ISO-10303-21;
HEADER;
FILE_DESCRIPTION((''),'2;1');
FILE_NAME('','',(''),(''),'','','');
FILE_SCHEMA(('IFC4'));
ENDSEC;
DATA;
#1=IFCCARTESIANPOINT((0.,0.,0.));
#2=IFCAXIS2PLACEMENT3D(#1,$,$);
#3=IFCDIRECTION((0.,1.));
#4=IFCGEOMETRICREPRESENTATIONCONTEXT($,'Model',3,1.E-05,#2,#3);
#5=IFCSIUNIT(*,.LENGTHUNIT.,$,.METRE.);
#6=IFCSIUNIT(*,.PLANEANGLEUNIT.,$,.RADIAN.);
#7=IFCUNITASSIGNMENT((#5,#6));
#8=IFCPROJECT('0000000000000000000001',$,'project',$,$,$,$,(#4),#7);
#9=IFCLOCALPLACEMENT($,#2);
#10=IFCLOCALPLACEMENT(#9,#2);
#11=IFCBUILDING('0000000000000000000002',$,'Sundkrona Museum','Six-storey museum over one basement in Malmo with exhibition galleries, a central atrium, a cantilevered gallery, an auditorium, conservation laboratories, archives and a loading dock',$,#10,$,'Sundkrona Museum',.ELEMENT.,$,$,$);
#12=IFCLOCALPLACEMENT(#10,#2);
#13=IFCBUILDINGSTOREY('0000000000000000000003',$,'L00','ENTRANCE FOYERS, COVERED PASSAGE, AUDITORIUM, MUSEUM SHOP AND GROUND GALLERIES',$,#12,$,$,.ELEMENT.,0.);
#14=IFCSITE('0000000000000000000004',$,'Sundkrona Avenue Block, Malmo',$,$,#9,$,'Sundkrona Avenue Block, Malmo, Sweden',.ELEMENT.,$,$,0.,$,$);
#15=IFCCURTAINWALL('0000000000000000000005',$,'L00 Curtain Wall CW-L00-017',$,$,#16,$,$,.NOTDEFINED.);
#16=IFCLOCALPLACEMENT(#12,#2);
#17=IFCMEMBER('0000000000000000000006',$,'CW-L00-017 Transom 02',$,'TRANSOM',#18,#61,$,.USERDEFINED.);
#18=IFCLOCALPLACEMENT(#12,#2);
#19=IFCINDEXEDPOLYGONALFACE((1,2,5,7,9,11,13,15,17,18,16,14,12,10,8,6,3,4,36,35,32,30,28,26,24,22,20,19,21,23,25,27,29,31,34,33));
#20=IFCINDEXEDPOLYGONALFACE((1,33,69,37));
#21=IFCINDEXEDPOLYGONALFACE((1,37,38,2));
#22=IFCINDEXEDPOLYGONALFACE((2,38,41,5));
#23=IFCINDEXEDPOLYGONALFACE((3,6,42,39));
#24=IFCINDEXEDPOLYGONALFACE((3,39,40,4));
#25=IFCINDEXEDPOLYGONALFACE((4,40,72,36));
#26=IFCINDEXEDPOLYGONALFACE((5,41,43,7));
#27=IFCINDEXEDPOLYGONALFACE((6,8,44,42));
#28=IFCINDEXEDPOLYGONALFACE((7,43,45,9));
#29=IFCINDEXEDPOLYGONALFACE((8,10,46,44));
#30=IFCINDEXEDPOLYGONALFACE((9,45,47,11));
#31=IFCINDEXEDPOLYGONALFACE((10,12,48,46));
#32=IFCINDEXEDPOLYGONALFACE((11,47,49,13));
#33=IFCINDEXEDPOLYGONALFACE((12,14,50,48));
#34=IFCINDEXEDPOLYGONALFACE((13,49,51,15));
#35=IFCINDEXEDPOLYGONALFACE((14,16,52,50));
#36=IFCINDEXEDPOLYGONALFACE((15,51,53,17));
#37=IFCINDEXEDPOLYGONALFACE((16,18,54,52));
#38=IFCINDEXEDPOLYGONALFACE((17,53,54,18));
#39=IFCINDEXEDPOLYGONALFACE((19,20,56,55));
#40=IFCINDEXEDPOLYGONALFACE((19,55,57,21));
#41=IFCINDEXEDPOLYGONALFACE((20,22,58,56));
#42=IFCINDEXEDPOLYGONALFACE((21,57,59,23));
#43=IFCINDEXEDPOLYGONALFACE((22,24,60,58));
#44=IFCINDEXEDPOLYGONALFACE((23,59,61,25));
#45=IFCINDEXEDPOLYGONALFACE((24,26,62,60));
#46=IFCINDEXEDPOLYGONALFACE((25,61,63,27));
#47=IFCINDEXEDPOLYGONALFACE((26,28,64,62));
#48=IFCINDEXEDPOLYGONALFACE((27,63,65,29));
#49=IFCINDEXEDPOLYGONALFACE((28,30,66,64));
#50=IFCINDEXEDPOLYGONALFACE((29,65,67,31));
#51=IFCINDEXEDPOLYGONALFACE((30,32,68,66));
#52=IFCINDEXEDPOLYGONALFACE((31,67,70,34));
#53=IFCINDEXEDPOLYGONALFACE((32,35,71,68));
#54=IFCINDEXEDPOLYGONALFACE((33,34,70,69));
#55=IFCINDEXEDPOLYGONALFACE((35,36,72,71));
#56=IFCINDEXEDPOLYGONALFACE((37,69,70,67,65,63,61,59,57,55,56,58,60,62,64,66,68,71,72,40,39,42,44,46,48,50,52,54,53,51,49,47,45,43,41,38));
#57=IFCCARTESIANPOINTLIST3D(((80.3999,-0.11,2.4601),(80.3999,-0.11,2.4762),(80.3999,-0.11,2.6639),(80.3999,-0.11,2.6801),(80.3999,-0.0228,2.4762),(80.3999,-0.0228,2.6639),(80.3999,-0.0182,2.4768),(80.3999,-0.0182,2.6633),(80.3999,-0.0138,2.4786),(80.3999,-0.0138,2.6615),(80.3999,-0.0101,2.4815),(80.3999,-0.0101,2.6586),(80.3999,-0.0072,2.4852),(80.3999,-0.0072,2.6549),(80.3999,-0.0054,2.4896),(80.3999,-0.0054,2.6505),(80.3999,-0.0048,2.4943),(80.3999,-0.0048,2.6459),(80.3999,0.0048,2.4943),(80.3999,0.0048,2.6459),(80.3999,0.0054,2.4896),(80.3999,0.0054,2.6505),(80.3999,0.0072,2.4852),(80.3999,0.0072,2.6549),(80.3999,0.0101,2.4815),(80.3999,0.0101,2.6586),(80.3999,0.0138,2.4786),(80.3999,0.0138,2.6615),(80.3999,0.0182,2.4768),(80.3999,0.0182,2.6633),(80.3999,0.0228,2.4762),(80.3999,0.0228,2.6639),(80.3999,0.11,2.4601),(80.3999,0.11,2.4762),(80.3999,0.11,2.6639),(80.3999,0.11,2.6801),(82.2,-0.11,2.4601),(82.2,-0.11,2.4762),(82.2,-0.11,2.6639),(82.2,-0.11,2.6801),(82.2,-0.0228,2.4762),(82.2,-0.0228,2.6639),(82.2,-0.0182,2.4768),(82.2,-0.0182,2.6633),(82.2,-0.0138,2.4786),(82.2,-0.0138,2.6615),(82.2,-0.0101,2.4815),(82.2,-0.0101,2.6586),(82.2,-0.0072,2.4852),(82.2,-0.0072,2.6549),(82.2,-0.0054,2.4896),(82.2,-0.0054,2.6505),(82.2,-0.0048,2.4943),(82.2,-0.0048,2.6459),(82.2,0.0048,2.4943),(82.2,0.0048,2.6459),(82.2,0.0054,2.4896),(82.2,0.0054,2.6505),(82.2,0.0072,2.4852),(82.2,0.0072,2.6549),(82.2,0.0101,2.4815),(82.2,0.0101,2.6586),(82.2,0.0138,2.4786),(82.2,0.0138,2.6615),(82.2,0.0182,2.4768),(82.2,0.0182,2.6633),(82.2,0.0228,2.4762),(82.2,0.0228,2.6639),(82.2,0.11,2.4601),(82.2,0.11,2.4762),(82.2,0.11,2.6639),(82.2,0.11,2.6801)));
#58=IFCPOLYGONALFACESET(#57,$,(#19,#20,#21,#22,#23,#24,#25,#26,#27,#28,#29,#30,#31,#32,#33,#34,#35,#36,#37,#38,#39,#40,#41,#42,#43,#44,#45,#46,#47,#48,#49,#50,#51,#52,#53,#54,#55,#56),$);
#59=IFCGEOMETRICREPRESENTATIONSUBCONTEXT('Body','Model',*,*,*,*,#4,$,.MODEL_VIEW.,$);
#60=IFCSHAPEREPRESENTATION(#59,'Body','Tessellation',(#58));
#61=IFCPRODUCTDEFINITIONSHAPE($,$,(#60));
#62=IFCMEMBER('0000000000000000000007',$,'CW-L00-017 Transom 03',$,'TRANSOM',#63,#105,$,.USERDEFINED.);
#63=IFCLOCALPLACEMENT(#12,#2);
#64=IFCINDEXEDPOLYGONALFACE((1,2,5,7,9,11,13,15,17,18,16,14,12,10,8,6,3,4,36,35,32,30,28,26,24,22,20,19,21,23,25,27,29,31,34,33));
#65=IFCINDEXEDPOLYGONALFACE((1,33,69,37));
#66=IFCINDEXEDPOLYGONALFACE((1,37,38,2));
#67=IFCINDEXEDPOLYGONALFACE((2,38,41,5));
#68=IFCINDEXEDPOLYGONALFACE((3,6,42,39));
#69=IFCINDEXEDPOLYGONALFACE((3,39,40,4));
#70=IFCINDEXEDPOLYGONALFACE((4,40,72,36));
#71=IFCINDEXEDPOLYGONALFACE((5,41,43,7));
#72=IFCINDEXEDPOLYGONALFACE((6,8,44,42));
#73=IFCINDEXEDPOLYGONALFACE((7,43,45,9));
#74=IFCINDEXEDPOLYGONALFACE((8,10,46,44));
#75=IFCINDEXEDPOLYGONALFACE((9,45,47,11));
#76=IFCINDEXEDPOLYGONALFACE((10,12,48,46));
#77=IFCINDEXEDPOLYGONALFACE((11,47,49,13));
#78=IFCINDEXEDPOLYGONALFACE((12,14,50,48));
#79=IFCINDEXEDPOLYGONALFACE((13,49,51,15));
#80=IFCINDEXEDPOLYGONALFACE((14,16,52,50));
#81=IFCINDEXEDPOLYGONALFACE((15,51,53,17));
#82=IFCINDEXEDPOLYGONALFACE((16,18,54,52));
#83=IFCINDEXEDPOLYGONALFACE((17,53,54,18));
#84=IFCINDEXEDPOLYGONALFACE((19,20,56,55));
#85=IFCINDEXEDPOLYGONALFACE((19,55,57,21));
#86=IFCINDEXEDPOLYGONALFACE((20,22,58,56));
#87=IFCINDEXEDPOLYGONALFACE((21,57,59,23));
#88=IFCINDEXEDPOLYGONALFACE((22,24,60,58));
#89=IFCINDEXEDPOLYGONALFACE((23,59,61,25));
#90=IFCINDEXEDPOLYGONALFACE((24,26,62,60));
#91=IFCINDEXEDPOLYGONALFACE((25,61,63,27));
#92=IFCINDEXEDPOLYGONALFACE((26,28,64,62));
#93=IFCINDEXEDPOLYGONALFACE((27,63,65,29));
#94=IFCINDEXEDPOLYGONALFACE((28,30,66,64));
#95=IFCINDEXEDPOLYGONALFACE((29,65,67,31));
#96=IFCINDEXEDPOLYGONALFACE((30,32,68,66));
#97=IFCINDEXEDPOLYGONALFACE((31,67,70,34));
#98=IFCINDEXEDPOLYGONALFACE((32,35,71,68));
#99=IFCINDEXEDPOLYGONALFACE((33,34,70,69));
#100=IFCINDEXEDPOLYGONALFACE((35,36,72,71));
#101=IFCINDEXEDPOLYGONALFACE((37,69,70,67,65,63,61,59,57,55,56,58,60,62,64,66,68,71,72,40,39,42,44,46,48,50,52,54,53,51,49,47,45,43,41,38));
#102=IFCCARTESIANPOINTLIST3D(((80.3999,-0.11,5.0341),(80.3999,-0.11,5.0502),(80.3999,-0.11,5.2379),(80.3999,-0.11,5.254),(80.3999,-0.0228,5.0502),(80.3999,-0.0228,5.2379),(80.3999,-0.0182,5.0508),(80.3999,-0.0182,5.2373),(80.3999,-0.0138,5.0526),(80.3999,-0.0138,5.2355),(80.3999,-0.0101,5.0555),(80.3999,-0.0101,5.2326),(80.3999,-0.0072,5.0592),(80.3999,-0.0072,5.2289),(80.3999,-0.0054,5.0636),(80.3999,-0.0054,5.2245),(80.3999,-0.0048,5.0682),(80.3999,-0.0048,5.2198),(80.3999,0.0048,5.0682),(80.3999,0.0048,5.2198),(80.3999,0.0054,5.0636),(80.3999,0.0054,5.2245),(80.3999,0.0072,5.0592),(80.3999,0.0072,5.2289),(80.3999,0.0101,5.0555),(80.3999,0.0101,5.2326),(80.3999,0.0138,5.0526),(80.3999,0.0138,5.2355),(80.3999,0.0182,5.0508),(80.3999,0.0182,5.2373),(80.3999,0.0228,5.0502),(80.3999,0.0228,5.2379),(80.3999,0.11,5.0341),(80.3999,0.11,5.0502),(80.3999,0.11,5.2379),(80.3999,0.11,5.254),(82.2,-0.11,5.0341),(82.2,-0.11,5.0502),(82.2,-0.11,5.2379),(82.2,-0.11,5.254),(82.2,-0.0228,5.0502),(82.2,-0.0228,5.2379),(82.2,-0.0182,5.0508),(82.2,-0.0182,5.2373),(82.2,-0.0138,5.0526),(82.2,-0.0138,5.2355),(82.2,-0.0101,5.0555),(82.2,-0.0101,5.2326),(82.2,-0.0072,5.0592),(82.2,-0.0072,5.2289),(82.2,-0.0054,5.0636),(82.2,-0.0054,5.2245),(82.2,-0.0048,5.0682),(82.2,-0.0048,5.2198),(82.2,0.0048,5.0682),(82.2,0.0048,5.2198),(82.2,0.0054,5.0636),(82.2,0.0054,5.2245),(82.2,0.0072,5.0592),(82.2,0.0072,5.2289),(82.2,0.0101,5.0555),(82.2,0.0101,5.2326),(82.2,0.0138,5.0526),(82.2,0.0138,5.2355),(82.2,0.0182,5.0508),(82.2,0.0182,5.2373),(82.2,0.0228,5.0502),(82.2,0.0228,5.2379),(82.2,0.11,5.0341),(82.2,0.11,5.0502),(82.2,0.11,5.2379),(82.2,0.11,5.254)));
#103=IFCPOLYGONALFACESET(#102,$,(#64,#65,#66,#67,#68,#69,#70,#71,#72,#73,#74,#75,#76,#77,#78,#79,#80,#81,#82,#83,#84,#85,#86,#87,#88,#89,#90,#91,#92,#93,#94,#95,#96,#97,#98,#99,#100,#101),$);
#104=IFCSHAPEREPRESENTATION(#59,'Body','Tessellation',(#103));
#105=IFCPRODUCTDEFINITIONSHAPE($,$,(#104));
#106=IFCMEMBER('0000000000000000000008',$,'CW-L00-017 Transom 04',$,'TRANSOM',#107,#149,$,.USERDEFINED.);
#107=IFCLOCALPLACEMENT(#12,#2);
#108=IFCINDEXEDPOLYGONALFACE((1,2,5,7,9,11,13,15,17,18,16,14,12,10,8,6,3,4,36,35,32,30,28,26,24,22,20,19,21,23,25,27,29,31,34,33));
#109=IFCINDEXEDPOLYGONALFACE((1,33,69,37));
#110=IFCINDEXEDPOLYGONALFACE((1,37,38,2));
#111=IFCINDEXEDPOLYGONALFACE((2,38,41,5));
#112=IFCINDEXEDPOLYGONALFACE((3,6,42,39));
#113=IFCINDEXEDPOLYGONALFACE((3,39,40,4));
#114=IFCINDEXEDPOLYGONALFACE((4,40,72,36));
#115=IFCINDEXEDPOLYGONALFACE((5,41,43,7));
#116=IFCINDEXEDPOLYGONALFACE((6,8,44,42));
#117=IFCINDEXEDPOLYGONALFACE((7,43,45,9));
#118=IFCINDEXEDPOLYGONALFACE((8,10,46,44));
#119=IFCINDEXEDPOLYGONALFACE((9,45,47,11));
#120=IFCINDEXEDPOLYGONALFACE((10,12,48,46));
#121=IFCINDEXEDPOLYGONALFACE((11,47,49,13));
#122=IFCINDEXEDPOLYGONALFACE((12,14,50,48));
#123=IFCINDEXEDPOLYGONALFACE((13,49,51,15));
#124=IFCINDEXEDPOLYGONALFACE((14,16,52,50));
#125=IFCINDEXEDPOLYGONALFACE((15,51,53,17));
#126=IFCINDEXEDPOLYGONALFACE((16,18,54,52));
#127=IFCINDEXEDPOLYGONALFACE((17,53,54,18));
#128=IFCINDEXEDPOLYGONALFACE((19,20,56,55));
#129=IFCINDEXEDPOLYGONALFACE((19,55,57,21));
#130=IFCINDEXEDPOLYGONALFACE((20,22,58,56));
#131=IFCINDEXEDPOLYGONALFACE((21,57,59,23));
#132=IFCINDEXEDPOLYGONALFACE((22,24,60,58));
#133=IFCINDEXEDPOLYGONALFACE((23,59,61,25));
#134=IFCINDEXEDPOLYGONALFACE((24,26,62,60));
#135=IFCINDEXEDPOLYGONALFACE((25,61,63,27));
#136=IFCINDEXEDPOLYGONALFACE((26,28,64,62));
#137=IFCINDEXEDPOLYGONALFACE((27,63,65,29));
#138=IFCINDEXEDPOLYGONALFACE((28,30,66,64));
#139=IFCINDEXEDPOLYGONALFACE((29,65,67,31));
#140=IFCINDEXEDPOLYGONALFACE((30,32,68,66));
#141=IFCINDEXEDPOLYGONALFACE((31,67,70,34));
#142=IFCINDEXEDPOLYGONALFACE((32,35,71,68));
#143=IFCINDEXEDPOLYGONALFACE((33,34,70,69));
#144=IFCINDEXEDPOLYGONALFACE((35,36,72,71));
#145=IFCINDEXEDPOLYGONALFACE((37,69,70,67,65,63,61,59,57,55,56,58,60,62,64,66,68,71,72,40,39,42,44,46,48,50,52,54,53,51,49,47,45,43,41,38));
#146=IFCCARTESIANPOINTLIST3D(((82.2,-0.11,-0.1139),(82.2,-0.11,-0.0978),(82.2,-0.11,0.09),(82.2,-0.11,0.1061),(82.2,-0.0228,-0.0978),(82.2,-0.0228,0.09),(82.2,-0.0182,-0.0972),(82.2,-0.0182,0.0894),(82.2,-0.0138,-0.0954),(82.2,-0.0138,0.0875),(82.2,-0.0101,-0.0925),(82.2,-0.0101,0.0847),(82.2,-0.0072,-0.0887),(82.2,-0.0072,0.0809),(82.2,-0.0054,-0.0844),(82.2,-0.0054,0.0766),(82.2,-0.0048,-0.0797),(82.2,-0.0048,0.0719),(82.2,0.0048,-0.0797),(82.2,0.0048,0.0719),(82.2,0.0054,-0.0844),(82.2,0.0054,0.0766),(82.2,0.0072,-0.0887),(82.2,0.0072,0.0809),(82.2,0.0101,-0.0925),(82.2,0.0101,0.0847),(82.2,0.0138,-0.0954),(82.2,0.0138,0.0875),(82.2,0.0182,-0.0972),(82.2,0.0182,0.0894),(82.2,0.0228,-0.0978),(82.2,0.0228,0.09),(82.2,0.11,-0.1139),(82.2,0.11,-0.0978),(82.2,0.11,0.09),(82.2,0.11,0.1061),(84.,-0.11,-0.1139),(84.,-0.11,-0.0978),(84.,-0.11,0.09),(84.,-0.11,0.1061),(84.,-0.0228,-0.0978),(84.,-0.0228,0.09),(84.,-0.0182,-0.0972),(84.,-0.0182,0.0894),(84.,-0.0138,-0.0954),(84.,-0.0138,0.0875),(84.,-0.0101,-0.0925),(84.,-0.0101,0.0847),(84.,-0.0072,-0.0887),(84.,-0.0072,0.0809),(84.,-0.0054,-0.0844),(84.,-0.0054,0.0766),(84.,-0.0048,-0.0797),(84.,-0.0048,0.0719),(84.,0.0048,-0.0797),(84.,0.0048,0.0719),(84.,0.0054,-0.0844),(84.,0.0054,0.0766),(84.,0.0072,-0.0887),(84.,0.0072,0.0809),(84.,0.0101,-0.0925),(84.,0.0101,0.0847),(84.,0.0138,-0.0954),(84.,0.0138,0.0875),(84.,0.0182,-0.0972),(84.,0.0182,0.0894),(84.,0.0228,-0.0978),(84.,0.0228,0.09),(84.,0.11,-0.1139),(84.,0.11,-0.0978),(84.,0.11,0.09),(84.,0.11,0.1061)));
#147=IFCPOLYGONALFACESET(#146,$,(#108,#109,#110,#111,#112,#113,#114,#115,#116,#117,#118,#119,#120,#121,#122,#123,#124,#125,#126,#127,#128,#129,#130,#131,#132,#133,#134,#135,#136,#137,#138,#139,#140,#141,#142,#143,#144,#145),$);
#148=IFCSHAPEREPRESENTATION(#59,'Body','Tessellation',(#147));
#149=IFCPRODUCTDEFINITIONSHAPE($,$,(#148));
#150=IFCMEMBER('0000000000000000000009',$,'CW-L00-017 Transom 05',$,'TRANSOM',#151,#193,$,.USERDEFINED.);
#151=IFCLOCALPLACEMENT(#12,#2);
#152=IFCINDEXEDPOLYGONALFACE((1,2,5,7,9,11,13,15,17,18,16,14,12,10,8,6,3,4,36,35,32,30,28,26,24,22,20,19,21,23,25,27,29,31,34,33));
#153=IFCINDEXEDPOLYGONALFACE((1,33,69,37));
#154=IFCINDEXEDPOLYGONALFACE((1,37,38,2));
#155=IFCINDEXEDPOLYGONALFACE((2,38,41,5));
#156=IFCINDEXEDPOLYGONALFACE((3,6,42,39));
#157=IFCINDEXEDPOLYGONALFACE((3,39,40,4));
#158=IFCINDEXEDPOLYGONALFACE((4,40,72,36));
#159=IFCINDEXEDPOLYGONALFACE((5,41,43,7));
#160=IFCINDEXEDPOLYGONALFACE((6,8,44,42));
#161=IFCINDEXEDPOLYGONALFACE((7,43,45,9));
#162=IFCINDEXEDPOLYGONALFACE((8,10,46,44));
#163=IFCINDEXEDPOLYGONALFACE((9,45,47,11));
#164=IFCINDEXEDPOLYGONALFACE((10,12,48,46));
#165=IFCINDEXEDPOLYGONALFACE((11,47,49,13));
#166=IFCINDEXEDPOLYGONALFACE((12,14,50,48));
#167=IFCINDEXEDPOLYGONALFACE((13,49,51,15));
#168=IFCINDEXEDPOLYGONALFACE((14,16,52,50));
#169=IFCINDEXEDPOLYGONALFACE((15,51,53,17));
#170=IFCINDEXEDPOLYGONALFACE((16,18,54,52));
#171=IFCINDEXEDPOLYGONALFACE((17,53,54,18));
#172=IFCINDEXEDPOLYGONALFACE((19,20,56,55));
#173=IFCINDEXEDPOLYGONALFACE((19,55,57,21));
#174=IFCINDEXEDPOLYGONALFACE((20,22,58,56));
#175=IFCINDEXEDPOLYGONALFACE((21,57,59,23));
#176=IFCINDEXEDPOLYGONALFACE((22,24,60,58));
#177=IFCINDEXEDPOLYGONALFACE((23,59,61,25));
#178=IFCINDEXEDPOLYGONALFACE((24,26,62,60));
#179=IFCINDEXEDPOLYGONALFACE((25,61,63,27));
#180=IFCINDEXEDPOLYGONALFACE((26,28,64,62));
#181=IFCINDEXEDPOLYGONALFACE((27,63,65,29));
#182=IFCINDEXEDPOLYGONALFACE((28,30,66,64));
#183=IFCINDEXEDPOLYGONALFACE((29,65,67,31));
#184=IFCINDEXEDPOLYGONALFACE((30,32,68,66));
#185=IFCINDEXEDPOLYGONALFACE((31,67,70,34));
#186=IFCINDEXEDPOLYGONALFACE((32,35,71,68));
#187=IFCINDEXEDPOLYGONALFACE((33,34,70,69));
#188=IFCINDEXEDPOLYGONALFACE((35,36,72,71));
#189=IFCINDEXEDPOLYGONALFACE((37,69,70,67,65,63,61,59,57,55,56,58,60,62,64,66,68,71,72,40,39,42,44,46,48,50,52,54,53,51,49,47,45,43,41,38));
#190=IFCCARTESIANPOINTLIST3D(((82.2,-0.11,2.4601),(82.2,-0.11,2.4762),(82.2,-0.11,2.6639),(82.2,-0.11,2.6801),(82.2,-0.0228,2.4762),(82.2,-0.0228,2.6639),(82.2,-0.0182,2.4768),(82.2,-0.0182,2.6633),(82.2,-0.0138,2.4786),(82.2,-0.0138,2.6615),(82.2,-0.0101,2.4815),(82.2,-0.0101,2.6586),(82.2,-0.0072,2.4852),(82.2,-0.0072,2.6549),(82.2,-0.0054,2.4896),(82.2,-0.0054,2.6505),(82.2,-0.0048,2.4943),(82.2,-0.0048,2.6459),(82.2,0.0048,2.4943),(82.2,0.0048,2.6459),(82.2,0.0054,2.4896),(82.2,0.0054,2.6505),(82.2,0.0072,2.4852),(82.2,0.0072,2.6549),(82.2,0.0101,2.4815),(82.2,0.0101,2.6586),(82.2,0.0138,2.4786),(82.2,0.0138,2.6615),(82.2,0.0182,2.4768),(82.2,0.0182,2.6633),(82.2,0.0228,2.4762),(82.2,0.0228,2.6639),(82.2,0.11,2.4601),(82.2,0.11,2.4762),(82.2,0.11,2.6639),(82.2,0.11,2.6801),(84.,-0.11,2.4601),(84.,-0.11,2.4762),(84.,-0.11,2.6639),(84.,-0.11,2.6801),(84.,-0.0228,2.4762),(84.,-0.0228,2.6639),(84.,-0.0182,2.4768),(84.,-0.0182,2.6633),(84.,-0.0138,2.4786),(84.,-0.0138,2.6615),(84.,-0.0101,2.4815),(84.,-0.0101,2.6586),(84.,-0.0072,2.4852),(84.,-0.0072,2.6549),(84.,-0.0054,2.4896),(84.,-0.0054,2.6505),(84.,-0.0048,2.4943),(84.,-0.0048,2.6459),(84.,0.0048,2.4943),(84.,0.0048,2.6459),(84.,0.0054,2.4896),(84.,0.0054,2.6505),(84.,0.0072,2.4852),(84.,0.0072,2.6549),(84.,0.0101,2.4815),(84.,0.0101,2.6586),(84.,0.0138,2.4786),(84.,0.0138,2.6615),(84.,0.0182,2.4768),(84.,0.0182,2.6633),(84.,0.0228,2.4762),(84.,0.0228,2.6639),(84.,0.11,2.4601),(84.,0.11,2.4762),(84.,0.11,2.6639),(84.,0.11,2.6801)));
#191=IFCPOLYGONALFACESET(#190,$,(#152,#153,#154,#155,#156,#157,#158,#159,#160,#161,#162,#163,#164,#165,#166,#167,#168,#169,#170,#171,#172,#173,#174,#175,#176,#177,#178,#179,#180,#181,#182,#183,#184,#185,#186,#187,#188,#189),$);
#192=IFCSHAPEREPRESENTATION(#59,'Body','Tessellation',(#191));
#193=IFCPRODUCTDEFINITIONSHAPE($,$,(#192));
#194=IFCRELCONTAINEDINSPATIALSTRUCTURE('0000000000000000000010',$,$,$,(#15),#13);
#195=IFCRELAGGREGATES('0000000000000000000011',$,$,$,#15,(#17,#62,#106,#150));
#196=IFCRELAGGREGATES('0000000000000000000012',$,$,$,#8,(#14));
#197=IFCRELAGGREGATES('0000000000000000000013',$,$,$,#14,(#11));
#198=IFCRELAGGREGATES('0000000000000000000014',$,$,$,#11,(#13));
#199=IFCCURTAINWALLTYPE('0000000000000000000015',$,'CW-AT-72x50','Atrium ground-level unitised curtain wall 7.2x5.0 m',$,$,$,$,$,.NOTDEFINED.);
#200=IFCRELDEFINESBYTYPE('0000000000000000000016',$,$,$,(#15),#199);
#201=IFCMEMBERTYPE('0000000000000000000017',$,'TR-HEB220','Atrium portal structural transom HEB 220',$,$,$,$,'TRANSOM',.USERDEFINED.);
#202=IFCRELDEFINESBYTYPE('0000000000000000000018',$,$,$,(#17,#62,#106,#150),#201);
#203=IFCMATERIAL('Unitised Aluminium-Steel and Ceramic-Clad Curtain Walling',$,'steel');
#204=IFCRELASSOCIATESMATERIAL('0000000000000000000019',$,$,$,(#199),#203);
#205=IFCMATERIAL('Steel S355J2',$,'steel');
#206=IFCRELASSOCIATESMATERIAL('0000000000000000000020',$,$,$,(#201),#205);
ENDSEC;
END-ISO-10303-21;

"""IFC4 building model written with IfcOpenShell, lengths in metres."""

from ifc_helpers import new_model, si_unit, direction, frame, origin, origin_2d, place, context, subcontext, project, spatial, i_section, extrude, material, material_profile, profile_set, type_object, element, aggregate, save


model = new_model("IFC4")

# Units and contexts
model_context = context("Model", 3, precision=1e-05, world=origin(), true_north=direction((0.0, 1.0)))
body_context = subcontext(model_context, "Body", "Model", "MODEL_VIEW")
ifc_project = project(units=[si_unit("LENGTHUNIT", "METRE"), si_unit("PLANEANGLEUNIT", "RADIAN")], contexts=[model_context])

# Site, building, storey
site_placement = place(None, origin())
site = spatial("IfcSite", under=ifc_project, at=site_placement, Name="Sundkrona Avenue Block, Malmo", LongName="Sundkrona Avenue Block, Malmo, Sweden", CompositionType="ELEMENT", RefElevation=0.0)
building_placement = place(site_placement, origin())
building = spatial("IfcBuilding", under=site, at=building_placement, Name="Sundkrona Museum", Description="Six-storey museum over one basement in Malmo with exhibition galleries, a central atrium, a cantilevered gallery, an auditorium, conservation laboratories, archives and a loading dock", LongName="Sundkrona Museum", CompositionType="ELEMENT")
storey_placement = place(building_placement, origin())
storey = spatial("IfcBuildingStorey", under=building, at=storey_placement, Name="L00", Description="ENTRANCE FOYERS, COVERED PASSAGE, AUDITORIUM, MUSEUM SHOP AND GROUND GALLERIES", CompositionType="ELEMENT", Elevation=0.0)

# Shared definitions
ifc_material_1 = material(Name="Steel S355J2", Category="steel")

# Curtain wall, members
ifc_material_2 = material(Name="Unitised Aluminium-Steel and Ceramic-Clad Curtain Walling", Category="steel")
curtain_wall_type = type_object("IfcCurtainWallType", Name="CW-AT-72x50", Description="Atrium ground-level unitised curtain wall 7.2x5.0 m", PredefinedType="NOTDEFINED", material=ifc_material_2)
curtain_wall_placement = place(storey_placement, origin())
curtain_wall = element("IfcCurtainWall", 1, at=curtain_wall_placement, inside=storey, type_object=curtain_wall_type, Name="L00 Curtain Wall CW-L00-017", PredefinedType="NOTDEFINED")
ifc_material_profile_1 = material_profile(ifc_material_1, i_section(OverallWidth=0.22, OverallDepth=0.22, WebThickness=0.0095, FlangeThickness=0.0161, FilletRadius=0.0181, at=origin_2d()), Name="HEB 220")
ifc_profile_set_1 = profile_set([ifc_material_profile_1], Name="Steel S355J2")
member_type_1 = type_object("IfcMemberType", Name="TR-HEB220", Description="Atrium portal structural transom HEB 220", ElementType="TRANSOM", PredefinedType="USERDEFINED", material=ifc_profile_set_1)
member_1_placement = place(storey_placement, frame((80.3999, 0.0, 2.5701), z_axis=(1.0, 0.0, 0.0), x_axis=(0.0, 1.0, 0.0)))
member_1 = element("IfcMember", 2, at=member_1_placement, type_object=member_type_1, Name="CW-L00-017 Transom 02", ObjectType="TRANSOM", PredefinedType="USERDEFINED", context=body_context, shape_type="SweptSolid", body=[
    extrude(i_section(OverallWidth=0.22, OverallDepth=0.22, WebThickness=0.0095, FlangeThickness=0.0161, FilletRadius=0.0181, at=origin_2d()), origin(), (0.0, 0.0, 1.0), 1.8),
])
member_2_placement = place(storey_placement, frame((80.3999, 0.0, 5.144), z_axis=(1.0, 0.0, 0.0), x_axis=(0.0, 1.0, 0.0)))
member_2 = element("IfcMember", 3, at=member_2_placement, type_object=member_type_1, Name="CW-L00-017 Transom 03", ObjectType="TRANSOM", PredefinedType="USERDEFINED", context=body_context, shape_type="SweptSolid", body=[
    extrude(i_section(OverallWidth=0.22, OverallDepth=0.22, WebThickness=0.0095, FlangeThickness=0.0161, FilletRadius=0.0181, at=origin_2d()), origin(), (0.0, 0.0, 1.0), 1.8),
])
member_3_placement = place(storey_placement, frame((82.2, 0.0, -0.0039), z_axis=(1.0, 0.0, 0.0), x_axis=(0.0, 1.0, 0.0)))
member_3 = element("IfcMember", 4, at=member_3_placement, type_object=member_type_1, Name="CW-L00-017 Transom 04", ObjectType="TRANSOM", PredefinedType="USERDEFINED", context=body_context, shape_type="SweptSolid", body=[
    extrude(i_section(OverallWidth=0.22, OverallDepth=0.22, WebThickness=0.0095, FlangeThickness=0.0161, FilletRadius=0.0181, at=origin_2d()), origin(), (0.0, 0.0, 1.0), 1.8),
])
member_4_placement = place(storey_placement, frame((82.2, 0.0, 2.5701), z_axis=(1.0, 0.0, 0.0), x_axis=(0.0, 1.0, 0.0)))
member_4 = element("IfcMember", 5, at=member_4_placement, type_object=member_type_1, Name="CW-L00-017 Transom 05", ObjectType="TRANSOM", PredefinedType="USERDEFINED", context=body_context, shape_type="SweptSolid", body=[
    extrude(i_section(OverallWidth=0.22, OverallDepth=0.22, WebThickness=0.0095, FlangeThickness=0.0161, FilletRadius=0.0181, at=origin_2d()), origin(), (0.0, 0.0, 1.0), 1.8),
])
aggregate(curtain_wall, [member_1, member_2, member_3, member_4])

save(model, "model.ifc")
